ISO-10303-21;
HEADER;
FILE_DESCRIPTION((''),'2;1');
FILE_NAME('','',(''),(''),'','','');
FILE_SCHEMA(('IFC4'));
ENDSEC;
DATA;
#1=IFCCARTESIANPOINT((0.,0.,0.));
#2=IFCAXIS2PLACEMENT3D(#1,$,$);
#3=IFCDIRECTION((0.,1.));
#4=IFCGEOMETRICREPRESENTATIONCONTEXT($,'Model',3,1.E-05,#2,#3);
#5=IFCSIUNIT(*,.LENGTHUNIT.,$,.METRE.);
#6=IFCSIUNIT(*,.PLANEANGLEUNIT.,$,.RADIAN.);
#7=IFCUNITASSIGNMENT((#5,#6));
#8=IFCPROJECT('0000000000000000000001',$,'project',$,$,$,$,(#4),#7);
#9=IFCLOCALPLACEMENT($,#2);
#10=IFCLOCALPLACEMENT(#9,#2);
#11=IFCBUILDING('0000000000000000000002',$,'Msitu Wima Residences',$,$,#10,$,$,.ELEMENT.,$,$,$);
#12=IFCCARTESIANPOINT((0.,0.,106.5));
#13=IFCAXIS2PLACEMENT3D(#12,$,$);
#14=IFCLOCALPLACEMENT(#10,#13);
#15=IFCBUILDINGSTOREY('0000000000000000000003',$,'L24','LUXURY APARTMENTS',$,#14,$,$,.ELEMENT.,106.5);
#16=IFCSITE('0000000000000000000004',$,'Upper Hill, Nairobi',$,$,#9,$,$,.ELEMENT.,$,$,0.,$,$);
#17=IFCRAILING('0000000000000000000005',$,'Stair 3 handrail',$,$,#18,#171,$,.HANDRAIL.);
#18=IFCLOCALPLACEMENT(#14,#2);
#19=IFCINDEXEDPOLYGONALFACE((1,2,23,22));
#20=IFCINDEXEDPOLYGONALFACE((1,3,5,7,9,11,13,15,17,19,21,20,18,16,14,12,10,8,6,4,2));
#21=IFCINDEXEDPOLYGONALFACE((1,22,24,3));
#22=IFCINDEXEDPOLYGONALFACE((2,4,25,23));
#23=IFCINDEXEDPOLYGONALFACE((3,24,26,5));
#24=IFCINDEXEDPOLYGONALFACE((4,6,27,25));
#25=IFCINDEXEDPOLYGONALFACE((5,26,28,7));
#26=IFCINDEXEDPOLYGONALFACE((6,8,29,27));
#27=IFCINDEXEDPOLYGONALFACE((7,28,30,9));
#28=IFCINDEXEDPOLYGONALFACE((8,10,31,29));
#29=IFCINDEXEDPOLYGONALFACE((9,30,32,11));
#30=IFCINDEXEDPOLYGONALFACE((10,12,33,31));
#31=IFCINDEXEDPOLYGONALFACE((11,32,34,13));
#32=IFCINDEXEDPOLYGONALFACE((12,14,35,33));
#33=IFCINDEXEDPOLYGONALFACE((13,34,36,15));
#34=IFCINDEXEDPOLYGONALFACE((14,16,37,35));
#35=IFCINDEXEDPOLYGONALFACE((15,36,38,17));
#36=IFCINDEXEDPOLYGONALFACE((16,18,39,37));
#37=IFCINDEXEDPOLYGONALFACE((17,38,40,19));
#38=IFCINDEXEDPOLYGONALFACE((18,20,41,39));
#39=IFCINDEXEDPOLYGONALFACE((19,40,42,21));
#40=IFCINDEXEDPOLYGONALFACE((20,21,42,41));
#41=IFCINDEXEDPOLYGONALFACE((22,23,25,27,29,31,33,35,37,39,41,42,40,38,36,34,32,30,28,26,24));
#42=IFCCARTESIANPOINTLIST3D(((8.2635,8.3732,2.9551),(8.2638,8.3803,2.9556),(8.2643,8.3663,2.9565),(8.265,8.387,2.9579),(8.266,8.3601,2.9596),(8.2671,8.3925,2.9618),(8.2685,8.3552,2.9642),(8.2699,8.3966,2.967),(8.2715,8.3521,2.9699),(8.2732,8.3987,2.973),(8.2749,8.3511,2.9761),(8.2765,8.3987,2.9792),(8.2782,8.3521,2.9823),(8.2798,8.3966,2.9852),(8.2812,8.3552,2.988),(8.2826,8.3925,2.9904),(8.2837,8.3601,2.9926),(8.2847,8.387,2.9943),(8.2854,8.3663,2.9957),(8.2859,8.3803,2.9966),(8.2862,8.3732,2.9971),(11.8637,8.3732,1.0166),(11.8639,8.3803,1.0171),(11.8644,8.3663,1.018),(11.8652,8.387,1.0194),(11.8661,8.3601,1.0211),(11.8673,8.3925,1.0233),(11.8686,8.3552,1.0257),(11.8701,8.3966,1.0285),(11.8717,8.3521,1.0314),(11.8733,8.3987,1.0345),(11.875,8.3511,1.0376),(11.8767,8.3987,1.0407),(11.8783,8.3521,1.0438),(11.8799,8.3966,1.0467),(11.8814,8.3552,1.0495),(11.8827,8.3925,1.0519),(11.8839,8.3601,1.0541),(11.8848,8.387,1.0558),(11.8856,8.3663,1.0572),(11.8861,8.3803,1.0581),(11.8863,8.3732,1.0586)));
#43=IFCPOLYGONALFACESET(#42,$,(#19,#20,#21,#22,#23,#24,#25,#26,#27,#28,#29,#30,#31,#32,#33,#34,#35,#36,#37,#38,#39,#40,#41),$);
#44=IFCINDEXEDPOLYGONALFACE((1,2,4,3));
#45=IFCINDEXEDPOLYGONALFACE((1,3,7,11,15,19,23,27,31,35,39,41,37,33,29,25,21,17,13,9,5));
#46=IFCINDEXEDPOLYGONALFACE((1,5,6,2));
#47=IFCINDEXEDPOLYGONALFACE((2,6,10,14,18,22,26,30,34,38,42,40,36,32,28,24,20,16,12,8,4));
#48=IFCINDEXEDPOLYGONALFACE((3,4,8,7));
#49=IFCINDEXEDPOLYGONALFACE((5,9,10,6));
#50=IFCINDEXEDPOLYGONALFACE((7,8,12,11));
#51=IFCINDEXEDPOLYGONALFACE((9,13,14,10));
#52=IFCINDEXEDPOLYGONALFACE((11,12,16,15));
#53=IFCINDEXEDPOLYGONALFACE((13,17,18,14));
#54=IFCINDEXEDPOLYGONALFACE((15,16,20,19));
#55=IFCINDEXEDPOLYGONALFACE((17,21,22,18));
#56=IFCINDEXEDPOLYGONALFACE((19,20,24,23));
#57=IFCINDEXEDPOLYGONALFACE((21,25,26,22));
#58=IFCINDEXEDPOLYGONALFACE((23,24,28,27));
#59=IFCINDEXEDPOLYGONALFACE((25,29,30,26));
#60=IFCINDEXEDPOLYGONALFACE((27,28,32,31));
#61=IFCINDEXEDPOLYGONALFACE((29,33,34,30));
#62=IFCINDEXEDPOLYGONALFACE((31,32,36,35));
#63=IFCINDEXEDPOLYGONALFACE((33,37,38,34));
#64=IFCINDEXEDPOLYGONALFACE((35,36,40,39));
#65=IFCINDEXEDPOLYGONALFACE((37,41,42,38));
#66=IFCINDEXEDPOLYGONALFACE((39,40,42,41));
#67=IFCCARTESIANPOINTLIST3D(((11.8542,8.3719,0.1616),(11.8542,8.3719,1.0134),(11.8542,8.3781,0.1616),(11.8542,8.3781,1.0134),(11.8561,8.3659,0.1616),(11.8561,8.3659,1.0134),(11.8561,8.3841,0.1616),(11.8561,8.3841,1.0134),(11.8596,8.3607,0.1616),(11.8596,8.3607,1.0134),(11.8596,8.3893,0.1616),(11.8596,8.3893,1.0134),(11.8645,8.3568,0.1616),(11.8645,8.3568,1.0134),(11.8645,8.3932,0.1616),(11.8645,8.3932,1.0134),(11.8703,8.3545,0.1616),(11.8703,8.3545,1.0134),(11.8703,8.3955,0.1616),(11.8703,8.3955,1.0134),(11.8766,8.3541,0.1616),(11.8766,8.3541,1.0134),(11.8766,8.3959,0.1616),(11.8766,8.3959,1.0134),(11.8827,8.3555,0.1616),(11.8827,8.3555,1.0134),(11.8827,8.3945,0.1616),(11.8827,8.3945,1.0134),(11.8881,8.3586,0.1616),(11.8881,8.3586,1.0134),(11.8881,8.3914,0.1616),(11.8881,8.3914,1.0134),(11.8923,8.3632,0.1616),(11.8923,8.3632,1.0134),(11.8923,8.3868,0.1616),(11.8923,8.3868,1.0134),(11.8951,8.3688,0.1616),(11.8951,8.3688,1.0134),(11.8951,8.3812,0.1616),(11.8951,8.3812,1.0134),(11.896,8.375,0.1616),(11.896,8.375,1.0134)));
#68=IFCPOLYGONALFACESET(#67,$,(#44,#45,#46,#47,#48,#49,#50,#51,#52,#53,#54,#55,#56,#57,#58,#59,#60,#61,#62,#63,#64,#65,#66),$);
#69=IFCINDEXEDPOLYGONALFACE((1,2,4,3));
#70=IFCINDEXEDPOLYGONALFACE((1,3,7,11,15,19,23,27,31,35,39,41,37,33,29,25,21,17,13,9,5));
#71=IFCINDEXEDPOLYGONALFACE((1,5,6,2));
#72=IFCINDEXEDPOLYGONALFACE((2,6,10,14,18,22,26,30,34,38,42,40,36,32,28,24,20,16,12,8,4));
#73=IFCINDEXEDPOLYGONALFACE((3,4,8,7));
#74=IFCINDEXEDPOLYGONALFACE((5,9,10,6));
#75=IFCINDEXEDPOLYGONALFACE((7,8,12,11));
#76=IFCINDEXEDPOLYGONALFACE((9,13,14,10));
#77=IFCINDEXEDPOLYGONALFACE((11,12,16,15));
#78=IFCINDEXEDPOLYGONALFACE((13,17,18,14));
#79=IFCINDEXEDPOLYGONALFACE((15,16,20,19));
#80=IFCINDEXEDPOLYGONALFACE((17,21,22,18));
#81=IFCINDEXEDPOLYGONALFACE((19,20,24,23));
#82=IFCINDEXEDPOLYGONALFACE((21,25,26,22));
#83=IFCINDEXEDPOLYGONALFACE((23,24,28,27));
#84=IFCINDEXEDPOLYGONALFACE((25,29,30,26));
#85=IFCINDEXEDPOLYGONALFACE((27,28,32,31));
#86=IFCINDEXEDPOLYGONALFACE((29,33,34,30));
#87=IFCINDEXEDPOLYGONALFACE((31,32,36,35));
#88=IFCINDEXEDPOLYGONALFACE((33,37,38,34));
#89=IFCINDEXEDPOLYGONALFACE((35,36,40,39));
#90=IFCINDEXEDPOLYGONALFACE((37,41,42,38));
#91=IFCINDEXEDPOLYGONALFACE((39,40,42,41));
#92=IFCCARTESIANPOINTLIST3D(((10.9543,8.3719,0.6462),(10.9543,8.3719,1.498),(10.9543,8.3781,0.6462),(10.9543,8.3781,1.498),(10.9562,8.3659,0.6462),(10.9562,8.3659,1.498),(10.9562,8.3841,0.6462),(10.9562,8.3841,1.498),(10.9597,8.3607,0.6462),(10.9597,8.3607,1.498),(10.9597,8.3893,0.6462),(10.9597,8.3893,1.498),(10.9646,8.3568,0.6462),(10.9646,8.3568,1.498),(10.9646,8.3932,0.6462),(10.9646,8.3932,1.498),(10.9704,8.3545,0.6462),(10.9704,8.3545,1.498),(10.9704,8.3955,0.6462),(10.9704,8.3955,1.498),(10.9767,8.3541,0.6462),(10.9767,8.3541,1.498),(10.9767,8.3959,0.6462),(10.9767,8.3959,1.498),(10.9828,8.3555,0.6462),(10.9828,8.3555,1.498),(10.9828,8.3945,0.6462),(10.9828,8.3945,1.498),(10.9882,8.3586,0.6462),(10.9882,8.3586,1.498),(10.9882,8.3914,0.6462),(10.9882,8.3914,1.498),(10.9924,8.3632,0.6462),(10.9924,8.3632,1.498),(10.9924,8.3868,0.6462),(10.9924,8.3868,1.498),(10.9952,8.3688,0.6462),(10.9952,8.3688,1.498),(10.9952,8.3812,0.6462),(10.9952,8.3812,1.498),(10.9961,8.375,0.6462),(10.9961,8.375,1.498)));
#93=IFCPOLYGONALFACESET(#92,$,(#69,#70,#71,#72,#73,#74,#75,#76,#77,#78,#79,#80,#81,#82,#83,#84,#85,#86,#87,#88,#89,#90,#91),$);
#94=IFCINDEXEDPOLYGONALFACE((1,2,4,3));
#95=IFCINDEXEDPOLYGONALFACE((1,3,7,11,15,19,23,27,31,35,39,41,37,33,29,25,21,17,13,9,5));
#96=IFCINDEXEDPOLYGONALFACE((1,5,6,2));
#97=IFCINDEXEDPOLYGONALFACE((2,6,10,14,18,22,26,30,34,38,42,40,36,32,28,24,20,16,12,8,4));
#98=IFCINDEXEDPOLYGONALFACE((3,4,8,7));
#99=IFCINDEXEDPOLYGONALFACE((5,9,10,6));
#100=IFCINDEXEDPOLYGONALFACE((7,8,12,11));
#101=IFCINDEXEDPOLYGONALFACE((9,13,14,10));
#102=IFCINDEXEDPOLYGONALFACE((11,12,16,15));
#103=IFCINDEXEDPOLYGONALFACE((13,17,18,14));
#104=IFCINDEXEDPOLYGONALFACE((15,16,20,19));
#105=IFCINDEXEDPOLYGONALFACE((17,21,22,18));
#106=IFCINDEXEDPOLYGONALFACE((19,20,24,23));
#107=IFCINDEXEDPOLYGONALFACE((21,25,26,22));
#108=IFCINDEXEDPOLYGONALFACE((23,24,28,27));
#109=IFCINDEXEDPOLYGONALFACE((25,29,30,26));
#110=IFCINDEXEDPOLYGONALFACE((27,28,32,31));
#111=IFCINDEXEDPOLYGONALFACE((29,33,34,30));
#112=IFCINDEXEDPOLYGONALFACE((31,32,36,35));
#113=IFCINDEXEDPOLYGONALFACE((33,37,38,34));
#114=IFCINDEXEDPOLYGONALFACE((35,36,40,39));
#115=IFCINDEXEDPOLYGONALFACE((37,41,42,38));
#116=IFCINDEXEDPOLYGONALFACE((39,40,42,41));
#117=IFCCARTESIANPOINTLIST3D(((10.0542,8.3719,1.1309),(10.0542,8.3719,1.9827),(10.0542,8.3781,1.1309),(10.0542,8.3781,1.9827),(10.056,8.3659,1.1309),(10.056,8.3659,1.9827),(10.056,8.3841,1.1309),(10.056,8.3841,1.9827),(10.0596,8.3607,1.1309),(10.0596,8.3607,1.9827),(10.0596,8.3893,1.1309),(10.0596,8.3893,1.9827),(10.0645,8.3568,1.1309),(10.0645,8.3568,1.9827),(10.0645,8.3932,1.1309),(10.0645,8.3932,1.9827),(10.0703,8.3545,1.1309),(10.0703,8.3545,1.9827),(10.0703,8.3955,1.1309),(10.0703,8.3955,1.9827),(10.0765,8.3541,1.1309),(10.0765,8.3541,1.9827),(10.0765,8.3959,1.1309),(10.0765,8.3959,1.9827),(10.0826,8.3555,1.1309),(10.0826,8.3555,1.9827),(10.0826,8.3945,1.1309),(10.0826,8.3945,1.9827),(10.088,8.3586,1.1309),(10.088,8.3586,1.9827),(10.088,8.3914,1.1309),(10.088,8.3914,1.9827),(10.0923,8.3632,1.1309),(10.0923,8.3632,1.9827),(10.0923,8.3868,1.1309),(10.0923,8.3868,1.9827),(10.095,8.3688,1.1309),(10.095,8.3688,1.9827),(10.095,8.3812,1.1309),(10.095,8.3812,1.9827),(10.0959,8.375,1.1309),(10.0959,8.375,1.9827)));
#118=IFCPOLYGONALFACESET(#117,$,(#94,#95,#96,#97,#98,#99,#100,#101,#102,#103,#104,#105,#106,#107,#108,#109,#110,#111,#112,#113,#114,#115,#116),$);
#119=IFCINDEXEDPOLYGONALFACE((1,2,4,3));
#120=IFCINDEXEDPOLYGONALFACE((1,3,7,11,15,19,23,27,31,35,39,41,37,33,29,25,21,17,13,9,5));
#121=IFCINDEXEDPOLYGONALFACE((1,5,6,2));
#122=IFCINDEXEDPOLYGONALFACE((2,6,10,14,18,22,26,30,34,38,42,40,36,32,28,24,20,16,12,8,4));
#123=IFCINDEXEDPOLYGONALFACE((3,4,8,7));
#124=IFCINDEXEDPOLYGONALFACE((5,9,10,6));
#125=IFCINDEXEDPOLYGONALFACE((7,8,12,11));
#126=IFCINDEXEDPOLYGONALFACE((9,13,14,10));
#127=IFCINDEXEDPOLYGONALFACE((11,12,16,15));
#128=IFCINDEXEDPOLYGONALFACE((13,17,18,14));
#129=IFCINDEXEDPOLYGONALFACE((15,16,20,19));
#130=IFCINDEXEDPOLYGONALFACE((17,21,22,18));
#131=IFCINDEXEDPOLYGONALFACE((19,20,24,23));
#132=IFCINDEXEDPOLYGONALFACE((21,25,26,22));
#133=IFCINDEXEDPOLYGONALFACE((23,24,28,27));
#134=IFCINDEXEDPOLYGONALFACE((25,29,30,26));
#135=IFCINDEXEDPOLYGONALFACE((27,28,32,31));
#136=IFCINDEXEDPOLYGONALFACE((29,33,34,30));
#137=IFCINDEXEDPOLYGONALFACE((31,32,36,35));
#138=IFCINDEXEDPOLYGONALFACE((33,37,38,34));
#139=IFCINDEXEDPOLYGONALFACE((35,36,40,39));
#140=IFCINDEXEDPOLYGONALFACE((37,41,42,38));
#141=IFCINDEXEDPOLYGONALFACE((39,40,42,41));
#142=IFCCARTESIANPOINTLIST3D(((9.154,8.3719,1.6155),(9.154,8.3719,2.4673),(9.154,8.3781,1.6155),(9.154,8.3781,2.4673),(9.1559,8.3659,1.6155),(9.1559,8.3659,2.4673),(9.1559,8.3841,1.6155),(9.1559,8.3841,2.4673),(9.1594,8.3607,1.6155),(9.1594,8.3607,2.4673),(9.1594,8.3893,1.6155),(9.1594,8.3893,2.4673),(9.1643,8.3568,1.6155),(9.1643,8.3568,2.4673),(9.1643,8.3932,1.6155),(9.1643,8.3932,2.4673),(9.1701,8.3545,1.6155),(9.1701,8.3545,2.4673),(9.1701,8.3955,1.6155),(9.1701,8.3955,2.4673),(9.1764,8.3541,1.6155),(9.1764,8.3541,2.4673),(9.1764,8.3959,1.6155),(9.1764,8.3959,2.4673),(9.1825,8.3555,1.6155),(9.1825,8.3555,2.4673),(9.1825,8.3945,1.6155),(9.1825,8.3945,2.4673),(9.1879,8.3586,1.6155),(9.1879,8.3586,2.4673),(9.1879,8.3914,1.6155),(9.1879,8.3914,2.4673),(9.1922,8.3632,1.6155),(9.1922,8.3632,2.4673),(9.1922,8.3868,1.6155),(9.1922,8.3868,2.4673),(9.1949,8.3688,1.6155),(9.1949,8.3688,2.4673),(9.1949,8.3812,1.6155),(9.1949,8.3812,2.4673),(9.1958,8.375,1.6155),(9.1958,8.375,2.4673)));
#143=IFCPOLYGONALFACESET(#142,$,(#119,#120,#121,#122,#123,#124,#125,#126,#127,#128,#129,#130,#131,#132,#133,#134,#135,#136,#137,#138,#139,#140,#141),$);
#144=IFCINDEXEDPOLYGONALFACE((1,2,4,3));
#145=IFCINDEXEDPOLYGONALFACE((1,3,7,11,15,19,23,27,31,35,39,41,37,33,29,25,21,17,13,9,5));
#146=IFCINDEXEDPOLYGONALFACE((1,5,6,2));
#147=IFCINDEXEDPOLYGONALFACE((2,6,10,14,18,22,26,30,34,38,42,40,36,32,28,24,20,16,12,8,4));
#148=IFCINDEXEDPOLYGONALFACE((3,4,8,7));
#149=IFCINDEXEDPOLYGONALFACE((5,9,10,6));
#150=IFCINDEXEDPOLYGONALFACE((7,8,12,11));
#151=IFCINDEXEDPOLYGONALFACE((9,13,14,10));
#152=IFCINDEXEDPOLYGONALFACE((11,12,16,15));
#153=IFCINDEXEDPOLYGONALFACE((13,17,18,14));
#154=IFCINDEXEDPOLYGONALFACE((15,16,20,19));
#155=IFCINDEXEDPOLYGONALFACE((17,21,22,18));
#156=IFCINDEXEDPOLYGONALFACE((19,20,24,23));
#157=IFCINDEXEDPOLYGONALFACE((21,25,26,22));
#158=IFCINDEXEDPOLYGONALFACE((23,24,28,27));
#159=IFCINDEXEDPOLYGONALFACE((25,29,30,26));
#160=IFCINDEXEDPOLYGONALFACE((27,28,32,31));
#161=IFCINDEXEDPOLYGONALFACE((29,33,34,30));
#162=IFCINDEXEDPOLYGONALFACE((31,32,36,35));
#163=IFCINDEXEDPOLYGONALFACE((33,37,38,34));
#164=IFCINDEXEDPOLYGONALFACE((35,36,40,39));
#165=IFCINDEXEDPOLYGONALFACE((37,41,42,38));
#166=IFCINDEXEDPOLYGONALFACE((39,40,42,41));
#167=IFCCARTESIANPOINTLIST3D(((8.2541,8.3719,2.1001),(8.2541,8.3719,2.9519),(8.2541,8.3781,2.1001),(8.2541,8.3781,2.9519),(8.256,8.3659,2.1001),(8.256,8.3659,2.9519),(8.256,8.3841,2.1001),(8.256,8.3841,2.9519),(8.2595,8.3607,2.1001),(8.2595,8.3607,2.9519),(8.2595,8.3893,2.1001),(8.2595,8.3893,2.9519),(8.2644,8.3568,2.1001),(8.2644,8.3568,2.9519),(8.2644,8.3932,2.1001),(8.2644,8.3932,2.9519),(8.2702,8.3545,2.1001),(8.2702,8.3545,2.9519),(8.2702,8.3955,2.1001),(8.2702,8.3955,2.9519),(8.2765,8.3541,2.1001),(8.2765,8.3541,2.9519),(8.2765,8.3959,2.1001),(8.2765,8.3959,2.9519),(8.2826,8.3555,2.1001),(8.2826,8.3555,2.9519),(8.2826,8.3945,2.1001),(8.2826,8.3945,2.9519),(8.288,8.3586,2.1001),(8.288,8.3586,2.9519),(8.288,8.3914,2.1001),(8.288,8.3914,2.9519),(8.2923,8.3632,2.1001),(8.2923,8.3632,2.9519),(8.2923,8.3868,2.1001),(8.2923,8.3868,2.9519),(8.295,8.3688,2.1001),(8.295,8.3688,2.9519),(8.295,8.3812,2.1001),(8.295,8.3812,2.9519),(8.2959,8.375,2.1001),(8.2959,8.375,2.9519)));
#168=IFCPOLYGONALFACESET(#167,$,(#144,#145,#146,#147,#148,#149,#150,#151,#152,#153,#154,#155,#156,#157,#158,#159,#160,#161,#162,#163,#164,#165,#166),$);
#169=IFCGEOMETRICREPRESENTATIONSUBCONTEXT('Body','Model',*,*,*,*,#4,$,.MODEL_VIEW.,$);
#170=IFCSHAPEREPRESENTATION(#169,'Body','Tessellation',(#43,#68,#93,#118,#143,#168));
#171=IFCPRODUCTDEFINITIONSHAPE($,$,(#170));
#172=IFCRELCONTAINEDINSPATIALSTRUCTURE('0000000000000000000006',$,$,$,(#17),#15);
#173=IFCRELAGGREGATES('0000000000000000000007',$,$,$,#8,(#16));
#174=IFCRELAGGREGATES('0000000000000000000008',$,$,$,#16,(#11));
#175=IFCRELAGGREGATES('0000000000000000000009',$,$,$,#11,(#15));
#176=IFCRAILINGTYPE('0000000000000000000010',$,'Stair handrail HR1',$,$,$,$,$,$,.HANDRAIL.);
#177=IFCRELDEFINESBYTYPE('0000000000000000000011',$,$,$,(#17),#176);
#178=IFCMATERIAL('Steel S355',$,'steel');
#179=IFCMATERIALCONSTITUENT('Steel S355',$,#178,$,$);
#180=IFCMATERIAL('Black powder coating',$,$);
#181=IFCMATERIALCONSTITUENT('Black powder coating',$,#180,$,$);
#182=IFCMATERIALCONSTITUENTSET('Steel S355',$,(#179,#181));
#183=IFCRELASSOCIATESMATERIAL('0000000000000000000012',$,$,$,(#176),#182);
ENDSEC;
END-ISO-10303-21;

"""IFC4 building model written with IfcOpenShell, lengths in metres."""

from ifc_helpers import new_model, si_unit, direction, frame, origin, origin_2d, place, context, subcontext, project, spatial, circle, extrude, material, constituent, constituent_set, type_object, element, save


model = new_model("IFC4")

# Units and contexts
model_context = context("Model", 3, precision=1e-05, world=origin(), true_north=direction((0.0, 1.0)))
body_context = subcontext(model_context, "Body", "Model", "MODEL_VIEW")
ifc_project = project(units=[si_unit("LENGTHUNIT", "METRE"), si_unit("PLANEANGLEUNIT", "RADIAN")], contexts=[model_context])

# Site, building, storey
site_placement = place(None, origin())
site = spatial("IfcSite", under=ifc_project, at=site_placement, Name="Upper Hill, Nairobi", CompositionType="ELEMENT", RefElevation=0.0)
building_placement = place(site_placement, origin())
building = spatial("IfcBuilding", under=site, at=building_placement, Name="Msitu Wima Residences", CompositionType="ELEMENT")
storey_placement = place(building_placement, frame((0.0, 0.0, 106.5)))
storey = spatial("IfcBuildingStorey", under=building, at=storey_placement, Name="L24", Description="LUXURY APARTMENTS", CompositionType="ELEMENT", Elevation=106.5)

# Railing
ifc_material_1 = material(Name="Steel S355", Category="steel")
ifc_constituent_1 = constituent(ifc_material_1, Name="Steel S355")
ifc_material_2 = material(Name="Black powder coating")
ifc_constituent_2 = constituent(ifc_material_2, Name="Black powder coating")
ifc_constituent_set_1 = constituent_set(constituents=[ifc_constituent_1, ifc_constituent_2], Name="Steel S355")
railing_type_1 = type_object("IfcRailingType", Name="Stair handrail HR1", PredefinedType="HANDRAIL", material=ifc_constituent_set_1)
for number, where, name in (
    (1, (11.875, 8.375, 0.1616), "Stair 3 handrail"),
):
    element("IfcRailing", number, at=place(storey_placement, frame(where)), inside=storey, type_object=railing_type_1, Name=name, PredefinedType="HANDRAIL", context=body_context, shape_type="SweptSolid", body=[
        extrude(circle(Radius=0.0239, at=origin_2d()), frame((0.0, 0.0, 0.876), z_axis=(-0.880475, 0.0, 0.474093), x_axis=(0.0, -1.0, 0.0)), (0.0, 0.0, 1.0), 4.0889),
        extrude(circle(Radius=0.021, at=origin_2d()), origin(), (0.0, 0.0, 1.0), 0.8518),
        extrude(circle(Radius=0.021, at=origin_2d()), frame((-0.8999, 0.0, 0.4846)), (0.0, 0.0, 1.0), 0.8518),
        extrude(circle(Radius=0.021, at=origin_2d()), frame((-1.8, 0.0, 0.9692)), (0.0, 0.0, 1.0), 0.8518),
        extrude(circle(Radius=0.021, at=origin_2d()), frame((-2.7002, 0.0, 1.4539)), (0.0, 0.0, 1.0), 0.8518),
        extrude(circle(Radius=0.021, at=origin_2d()), frame((-3.6001, 0.0, 1.9385)), (0.0, 0.0, 1.0), 0.8518),
    ])

save(model, "model.ifc")
